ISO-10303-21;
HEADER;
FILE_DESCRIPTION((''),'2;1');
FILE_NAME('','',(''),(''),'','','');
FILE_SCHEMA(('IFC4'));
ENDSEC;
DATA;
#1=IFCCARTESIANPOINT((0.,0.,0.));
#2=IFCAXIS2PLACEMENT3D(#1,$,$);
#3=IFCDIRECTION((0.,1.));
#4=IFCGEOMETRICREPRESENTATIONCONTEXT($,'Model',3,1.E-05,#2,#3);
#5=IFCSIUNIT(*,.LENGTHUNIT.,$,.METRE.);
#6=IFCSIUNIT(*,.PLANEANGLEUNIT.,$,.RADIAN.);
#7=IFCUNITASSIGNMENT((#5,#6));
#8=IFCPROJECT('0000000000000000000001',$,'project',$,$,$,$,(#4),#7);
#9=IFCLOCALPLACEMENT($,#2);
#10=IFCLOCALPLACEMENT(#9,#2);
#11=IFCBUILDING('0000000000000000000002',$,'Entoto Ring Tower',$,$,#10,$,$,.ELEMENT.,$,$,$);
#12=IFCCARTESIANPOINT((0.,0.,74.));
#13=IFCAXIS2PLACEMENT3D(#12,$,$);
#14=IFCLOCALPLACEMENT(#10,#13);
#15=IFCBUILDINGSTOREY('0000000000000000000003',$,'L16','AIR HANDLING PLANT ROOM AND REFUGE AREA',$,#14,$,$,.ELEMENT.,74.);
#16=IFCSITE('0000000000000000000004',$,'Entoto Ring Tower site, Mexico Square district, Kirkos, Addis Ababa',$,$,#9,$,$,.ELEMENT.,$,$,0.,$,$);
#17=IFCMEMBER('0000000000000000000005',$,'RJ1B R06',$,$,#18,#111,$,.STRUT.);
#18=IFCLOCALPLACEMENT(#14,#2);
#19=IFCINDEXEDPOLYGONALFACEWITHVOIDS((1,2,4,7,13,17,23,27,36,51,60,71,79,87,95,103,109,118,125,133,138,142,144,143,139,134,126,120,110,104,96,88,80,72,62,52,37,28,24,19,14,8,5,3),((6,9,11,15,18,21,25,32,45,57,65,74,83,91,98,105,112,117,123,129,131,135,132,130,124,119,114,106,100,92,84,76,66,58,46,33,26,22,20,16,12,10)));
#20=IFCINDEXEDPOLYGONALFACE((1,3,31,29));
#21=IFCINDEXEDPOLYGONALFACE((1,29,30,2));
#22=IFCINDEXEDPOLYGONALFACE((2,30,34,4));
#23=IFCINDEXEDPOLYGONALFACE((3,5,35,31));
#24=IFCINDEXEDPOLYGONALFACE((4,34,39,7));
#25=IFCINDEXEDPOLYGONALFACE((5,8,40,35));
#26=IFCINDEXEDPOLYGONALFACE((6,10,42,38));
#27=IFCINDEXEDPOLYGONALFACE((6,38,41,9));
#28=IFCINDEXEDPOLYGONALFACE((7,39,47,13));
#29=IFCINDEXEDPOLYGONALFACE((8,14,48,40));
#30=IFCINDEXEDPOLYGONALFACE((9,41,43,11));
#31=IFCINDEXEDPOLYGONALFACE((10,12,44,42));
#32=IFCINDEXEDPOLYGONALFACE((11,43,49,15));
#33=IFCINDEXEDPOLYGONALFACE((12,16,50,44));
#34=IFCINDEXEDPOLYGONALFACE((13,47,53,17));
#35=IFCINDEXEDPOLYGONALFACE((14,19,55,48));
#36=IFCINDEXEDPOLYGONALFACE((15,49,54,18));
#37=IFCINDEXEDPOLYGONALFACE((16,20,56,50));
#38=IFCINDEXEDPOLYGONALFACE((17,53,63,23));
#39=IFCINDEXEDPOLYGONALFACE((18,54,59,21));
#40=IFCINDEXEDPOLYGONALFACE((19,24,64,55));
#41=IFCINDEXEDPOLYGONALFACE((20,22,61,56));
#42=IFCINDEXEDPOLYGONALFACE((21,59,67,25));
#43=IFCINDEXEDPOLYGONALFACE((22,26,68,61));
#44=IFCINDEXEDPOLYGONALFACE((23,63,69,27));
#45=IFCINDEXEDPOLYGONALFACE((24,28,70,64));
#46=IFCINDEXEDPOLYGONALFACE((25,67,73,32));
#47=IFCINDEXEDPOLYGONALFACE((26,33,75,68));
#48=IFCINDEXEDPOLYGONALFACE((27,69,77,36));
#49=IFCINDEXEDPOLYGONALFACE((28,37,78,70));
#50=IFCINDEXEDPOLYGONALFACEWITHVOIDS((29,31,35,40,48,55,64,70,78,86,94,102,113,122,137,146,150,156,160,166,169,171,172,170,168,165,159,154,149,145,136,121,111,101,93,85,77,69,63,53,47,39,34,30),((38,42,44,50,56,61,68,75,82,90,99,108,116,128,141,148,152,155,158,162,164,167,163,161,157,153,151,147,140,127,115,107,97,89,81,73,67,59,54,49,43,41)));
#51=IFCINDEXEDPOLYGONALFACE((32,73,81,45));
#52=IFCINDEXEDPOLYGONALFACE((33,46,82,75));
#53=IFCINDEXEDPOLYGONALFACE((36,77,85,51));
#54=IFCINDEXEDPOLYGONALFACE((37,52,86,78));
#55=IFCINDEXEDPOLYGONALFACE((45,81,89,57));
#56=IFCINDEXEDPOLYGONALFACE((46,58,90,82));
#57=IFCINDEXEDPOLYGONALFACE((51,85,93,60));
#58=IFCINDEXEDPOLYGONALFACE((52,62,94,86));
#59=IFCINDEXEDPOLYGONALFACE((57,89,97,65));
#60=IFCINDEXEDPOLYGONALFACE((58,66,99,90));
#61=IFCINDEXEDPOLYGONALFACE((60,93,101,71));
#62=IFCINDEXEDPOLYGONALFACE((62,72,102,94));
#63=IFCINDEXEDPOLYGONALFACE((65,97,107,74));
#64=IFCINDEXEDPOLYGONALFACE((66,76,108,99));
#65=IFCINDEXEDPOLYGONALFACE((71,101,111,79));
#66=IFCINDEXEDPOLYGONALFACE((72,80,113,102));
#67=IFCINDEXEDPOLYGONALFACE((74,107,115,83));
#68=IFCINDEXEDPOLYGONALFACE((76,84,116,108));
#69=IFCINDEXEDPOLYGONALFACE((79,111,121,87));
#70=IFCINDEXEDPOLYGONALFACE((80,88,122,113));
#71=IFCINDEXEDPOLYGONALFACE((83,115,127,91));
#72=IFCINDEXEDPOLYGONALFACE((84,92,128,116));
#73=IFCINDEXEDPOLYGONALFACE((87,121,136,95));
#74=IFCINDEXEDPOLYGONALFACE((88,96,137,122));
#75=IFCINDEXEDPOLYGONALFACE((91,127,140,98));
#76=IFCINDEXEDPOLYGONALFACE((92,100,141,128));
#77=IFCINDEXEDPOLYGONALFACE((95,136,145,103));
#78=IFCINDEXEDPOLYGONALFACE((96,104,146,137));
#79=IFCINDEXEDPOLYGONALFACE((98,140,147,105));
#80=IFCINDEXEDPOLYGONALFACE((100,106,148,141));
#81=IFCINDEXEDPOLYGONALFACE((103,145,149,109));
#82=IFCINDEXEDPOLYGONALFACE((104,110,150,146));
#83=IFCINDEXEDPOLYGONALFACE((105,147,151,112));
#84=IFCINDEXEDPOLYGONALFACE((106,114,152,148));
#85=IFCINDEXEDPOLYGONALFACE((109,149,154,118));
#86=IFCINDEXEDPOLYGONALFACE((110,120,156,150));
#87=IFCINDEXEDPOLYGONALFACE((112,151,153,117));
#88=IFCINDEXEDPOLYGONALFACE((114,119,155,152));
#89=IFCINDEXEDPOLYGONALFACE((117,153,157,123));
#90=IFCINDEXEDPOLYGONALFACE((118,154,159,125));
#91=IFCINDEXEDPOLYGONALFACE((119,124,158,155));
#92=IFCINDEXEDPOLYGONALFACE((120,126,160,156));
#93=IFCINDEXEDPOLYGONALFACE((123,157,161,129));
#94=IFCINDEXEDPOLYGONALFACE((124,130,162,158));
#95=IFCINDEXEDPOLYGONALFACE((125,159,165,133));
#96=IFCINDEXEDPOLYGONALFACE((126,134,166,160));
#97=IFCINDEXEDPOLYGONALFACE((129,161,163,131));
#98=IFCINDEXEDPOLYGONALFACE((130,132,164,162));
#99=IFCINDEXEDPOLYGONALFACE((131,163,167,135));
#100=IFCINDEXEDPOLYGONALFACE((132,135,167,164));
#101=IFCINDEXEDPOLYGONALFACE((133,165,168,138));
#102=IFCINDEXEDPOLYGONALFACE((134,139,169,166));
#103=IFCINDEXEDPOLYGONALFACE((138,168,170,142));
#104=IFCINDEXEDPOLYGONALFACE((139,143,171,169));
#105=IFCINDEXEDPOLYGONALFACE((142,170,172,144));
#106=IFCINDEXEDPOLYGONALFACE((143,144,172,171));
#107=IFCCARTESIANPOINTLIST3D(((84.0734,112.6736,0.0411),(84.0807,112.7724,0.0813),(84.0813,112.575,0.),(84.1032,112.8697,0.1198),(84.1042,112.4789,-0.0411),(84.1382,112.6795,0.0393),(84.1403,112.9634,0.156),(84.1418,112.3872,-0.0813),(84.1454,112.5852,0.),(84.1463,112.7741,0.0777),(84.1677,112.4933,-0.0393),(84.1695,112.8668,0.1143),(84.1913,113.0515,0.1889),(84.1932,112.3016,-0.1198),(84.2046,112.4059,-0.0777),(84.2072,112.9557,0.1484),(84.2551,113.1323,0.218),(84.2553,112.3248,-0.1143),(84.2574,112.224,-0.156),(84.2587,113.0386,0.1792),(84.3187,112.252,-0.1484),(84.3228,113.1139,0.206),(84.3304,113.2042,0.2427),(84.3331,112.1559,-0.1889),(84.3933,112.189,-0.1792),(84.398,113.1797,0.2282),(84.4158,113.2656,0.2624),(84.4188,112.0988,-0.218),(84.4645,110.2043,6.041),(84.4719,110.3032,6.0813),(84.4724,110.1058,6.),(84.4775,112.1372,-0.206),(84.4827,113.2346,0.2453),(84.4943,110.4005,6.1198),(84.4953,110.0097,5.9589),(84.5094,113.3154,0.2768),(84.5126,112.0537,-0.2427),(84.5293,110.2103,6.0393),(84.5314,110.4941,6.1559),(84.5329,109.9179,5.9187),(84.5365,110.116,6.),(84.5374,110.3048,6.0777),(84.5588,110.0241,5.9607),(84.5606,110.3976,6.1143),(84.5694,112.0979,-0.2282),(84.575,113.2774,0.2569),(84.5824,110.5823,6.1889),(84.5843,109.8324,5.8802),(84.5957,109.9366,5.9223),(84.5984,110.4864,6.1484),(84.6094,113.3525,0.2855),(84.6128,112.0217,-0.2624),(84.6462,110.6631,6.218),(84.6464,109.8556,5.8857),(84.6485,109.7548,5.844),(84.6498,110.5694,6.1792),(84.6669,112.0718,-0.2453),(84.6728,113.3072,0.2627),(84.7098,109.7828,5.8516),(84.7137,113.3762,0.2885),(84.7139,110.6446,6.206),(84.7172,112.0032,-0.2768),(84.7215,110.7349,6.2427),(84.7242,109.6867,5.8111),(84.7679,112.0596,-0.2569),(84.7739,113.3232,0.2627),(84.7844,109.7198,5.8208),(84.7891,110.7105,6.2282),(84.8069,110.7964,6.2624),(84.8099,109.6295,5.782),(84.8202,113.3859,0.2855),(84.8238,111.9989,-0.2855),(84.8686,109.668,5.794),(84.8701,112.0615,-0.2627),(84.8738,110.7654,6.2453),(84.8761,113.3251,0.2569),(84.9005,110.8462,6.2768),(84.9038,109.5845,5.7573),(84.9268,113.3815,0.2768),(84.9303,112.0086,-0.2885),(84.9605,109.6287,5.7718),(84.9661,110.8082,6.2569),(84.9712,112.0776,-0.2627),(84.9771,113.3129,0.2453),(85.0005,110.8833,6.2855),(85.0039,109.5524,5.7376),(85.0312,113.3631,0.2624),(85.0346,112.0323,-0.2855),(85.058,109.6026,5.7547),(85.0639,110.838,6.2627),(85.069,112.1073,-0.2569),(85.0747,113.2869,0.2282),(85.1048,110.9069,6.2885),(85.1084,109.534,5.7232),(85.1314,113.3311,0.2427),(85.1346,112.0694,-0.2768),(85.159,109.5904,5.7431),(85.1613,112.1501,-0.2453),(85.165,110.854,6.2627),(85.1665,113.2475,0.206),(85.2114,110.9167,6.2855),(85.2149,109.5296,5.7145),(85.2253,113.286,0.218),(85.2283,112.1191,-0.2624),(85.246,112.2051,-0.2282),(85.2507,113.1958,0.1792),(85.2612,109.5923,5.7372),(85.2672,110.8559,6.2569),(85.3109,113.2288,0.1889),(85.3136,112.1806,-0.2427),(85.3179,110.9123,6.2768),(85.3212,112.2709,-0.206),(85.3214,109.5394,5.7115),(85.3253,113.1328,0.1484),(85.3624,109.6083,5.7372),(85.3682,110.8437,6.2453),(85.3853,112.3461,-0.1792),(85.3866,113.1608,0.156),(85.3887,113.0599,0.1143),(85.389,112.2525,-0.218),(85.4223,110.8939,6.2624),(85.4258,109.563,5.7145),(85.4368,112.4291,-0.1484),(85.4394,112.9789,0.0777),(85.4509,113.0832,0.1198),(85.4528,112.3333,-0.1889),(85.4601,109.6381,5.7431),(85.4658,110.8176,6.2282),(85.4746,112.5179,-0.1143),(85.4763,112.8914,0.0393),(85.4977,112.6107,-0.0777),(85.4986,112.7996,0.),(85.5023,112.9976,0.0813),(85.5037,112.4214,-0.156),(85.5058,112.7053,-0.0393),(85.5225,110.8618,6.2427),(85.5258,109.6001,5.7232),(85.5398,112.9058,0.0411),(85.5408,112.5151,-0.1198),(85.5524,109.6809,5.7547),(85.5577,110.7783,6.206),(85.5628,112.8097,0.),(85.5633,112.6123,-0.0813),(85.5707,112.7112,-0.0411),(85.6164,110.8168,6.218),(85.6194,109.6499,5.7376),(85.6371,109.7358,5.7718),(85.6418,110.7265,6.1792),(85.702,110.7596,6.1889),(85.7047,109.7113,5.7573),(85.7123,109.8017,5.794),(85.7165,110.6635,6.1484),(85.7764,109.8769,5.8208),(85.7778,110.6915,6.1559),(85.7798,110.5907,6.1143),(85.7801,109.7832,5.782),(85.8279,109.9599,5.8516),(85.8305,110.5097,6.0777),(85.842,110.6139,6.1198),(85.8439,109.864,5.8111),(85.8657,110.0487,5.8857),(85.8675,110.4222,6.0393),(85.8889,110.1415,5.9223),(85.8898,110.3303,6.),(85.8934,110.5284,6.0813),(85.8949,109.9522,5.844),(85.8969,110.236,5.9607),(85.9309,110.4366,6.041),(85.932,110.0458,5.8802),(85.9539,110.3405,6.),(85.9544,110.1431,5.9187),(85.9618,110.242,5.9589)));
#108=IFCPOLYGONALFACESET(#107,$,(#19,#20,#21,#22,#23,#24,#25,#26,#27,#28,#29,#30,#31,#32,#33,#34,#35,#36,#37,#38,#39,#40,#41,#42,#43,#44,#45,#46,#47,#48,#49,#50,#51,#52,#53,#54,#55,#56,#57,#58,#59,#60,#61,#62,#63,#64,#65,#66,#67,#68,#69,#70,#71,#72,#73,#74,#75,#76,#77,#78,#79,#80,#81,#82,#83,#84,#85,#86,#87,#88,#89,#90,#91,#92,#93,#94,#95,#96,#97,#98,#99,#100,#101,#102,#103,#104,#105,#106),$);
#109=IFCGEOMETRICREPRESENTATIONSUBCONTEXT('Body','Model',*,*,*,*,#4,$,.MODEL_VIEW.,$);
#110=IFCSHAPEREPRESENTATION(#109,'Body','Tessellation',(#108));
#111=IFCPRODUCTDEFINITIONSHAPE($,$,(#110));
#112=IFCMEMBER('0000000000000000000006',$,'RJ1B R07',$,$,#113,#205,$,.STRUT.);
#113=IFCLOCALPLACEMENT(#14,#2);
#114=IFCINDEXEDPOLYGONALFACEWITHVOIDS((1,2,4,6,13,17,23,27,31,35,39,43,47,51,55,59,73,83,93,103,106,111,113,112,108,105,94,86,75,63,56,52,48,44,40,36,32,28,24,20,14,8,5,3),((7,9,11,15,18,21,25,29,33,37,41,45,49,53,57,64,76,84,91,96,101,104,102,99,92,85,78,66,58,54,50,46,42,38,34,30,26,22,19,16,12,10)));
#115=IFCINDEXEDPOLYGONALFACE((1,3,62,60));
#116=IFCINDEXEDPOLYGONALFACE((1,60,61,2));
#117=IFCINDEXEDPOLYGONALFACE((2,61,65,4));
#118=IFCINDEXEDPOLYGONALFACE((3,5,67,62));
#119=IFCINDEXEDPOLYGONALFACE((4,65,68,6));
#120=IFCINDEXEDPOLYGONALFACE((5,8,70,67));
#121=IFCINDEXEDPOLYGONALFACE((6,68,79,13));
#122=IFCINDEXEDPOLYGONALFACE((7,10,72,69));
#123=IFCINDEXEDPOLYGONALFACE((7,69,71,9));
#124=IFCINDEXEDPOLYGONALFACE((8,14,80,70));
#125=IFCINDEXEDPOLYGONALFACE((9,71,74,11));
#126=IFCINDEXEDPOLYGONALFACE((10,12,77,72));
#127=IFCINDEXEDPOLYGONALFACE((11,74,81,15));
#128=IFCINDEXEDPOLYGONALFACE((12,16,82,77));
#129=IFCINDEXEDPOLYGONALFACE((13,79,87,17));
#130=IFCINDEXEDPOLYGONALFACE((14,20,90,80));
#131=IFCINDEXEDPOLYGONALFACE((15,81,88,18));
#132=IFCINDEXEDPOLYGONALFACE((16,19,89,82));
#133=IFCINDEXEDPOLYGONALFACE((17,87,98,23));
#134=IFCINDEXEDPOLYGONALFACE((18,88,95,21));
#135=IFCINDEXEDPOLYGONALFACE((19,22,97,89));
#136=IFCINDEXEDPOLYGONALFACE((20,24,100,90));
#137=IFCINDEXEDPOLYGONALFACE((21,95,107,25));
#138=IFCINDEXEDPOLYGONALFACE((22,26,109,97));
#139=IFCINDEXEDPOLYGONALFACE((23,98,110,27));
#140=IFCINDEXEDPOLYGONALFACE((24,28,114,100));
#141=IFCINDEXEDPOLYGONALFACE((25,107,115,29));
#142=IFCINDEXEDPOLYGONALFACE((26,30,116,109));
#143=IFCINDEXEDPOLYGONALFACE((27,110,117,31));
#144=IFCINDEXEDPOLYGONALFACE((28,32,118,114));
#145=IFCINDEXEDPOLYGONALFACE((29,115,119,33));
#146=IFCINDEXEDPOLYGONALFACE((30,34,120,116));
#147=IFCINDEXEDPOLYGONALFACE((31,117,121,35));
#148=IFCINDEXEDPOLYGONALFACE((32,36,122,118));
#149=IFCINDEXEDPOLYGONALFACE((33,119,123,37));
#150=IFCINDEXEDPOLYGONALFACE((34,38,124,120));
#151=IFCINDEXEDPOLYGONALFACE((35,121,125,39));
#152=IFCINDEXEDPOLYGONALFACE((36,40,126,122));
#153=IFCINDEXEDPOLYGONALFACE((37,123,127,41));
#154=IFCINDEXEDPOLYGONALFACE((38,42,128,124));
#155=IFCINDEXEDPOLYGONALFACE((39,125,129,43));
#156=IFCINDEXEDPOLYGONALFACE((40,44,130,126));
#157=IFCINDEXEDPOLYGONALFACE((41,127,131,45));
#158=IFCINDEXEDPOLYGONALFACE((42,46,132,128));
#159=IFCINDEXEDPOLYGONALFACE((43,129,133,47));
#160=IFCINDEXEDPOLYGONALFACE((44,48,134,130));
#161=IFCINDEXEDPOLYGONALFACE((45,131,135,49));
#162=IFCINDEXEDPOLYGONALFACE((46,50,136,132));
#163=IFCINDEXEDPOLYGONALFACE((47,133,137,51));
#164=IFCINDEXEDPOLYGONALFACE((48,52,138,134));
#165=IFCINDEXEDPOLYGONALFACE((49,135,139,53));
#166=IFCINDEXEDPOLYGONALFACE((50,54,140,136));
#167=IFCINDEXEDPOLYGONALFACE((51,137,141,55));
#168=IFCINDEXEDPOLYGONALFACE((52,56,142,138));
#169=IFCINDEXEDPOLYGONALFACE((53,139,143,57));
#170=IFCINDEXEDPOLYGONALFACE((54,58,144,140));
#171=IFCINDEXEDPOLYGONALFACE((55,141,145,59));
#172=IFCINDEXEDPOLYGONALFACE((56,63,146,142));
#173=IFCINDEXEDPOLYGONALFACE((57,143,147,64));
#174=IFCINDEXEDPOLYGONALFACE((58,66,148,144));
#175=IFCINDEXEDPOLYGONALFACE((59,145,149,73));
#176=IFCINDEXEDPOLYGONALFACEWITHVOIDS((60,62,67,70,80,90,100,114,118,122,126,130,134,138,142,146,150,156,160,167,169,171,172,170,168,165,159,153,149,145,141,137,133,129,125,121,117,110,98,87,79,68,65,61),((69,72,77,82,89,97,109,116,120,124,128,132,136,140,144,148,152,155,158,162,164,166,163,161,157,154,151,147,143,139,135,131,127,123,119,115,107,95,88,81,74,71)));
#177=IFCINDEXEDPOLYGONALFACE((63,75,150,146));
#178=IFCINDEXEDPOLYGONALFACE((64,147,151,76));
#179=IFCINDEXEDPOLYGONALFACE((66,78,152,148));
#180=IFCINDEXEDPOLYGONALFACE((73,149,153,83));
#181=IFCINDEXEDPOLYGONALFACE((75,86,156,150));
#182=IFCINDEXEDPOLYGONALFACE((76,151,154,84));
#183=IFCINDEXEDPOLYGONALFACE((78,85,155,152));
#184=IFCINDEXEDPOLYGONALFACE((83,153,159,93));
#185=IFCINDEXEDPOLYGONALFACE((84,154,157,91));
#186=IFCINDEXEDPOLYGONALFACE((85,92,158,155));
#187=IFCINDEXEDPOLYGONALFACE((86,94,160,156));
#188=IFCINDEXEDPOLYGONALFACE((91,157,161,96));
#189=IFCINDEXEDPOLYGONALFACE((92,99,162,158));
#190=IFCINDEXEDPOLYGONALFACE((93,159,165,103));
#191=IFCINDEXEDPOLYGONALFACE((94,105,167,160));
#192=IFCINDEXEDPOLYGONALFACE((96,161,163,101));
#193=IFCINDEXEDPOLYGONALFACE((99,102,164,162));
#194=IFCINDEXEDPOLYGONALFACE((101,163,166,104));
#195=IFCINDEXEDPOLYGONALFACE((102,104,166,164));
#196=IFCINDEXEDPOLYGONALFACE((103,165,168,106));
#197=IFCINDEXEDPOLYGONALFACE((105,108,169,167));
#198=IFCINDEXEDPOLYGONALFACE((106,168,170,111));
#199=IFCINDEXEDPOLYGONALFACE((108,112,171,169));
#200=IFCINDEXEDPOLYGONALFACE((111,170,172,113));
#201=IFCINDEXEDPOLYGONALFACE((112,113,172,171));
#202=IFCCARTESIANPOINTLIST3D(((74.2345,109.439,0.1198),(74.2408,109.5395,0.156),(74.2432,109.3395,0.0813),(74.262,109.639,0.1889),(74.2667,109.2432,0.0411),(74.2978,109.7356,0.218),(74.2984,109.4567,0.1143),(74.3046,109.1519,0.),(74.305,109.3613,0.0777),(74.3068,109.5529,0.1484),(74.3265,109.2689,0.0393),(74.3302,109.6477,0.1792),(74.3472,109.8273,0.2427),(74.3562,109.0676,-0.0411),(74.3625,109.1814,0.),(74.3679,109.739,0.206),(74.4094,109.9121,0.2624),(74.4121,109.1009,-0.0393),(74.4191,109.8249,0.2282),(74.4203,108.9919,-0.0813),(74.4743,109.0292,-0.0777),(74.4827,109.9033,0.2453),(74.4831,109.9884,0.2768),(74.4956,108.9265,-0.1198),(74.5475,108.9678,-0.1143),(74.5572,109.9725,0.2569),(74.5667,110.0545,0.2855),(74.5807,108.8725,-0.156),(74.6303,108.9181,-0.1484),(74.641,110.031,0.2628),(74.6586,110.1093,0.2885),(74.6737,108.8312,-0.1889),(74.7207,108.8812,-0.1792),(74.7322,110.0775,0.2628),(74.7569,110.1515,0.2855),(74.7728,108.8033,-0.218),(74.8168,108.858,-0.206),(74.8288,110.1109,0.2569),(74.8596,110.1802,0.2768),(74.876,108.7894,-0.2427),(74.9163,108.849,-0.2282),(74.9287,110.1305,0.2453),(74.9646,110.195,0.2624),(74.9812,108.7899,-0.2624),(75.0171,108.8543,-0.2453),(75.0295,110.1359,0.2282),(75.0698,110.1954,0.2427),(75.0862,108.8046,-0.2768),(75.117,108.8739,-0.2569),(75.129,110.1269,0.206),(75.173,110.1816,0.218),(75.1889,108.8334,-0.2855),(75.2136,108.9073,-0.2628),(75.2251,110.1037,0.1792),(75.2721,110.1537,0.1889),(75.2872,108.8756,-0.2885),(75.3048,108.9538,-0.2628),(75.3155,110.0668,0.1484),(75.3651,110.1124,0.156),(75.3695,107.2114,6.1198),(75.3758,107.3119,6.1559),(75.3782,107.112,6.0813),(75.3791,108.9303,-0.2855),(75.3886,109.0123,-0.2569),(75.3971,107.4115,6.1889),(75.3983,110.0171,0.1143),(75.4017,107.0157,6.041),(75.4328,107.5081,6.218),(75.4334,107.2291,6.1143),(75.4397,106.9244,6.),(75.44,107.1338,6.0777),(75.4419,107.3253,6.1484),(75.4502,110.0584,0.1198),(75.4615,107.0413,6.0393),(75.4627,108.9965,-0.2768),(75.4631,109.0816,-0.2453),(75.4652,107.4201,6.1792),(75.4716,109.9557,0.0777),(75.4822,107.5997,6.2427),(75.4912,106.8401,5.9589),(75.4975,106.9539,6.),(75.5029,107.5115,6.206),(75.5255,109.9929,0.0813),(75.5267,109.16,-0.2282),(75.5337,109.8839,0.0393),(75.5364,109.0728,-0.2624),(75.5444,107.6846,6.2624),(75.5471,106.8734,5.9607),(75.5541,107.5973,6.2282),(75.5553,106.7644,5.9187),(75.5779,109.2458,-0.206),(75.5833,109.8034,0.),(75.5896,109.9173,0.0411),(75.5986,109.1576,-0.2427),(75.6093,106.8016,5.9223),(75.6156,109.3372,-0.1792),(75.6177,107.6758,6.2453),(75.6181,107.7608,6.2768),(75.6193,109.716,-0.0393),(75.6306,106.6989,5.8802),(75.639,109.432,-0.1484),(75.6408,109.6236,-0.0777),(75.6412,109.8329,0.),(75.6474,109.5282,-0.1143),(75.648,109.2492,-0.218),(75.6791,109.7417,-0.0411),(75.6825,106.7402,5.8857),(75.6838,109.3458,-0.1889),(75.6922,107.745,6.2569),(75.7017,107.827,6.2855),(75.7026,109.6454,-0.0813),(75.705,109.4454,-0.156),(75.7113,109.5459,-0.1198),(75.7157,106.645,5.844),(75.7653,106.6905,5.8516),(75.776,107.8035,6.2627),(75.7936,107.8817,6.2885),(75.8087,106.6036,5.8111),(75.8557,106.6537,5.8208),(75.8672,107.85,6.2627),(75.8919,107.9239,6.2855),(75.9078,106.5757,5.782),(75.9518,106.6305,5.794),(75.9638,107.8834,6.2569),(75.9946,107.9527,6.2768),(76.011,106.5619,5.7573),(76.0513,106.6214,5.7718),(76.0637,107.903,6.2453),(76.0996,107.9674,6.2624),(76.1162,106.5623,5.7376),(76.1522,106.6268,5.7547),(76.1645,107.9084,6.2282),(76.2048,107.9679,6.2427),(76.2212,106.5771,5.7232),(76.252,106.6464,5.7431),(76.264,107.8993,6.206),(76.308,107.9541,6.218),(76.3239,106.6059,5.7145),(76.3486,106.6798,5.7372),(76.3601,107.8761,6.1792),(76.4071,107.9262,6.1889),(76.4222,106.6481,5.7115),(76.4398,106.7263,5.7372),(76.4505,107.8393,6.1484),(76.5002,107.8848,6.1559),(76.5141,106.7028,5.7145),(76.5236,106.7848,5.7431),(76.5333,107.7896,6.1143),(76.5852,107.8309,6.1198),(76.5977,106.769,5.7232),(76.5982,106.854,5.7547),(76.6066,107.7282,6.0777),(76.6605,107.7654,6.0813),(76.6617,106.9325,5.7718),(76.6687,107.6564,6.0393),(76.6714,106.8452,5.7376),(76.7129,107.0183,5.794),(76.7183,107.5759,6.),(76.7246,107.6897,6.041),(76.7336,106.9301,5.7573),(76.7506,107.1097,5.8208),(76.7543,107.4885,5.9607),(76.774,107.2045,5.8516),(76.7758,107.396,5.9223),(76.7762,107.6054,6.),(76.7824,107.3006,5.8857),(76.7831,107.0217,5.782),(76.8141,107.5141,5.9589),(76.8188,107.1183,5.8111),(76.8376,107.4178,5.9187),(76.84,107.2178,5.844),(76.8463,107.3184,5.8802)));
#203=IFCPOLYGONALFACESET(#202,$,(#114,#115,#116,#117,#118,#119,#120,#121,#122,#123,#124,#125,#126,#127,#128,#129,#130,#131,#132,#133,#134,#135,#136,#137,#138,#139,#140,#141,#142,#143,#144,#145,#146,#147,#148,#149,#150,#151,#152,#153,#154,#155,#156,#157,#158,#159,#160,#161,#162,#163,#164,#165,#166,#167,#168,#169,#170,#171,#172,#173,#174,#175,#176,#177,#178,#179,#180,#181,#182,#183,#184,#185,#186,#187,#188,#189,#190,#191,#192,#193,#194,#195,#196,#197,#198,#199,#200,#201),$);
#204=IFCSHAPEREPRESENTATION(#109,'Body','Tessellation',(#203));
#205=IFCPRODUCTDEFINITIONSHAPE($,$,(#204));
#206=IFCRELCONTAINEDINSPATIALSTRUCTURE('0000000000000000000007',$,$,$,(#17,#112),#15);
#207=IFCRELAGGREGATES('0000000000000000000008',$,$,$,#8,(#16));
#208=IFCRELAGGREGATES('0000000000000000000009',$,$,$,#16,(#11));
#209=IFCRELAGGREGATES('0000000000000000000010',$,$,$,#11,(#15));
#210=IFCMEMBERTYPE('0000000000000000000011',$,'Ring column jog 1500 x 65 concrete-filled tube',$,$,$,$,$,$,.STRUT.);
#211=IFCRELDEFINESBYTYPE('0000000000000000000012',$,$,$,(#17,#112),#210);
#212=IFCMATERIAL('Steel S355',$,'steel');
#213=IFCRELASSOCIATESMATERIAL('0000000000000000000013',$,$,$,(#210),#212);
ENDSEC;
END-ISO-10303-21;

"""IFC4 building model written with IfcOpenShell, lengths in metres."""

from ifc_helpers import new_model, si_unit, direction, frame, origin, origin_2d, place, context, subcontext, project, spatial, circle, hollow_circle, extrude, material, material_profile, profile_set, type_object, element, save


model = new_model("IFC4")

# Units and contexts
model_context = context("Model", 3, precision=1e-05, world=origin(), true_north=direction((0.0, 1.0)))
body_context = subcontext(model_context, "Body", "Model", "MODEL_VIEW")
ifc_project = project(units=[si_unit("LENGTHUNIT", "METRE"), si_unit("PLANEANGLEUNIT", "RADIAN")], contexts=[model_context])

# Site, building, storey
site_placement = place(None, origin())
site = spatial("IfcSite", under=ifc_project, at=site_placement, Name="Entoto Ring Tower site, Mexico Square district, Kirkos, Addis Ababa", CompositionType="ELEMENT", RefElevation=0.0)
building_placement = place(site_placement, origin())
building = spatial("IfcBuilding", under=site, at=building_placement, Name="Entoto Ring Tower", CompositionType="ELEMENT")
storey_placement = place(building_placement, frame((0.0, 0.0, 74.0)))
storey = spatial("IfcBuildingStorey", under=building, at=storey_placement, Name="L16", Description="AIR HANDLING PLANT ROOM AND REFUGE AREA", CompositionType="ELEMENT", Elevation=74.0)

# Members
ifc_material_1 = material(Name="Steel S355", Category="steel")
ifc_material_profile_1 = material_profile(ifc_material_1, hollow_circle(Radius=0.75, WallThickness=0.0649, at=origin_2d()), Name="CHS 1500 x 65")
ifc_material_2 = material(Name="Concrete C60/75", Category="concrete")
ifc_material_profile_2 = material_profile(ifc_material_2, circle(Radius=0.6851, at=origin_2d()), Name="Concrete C60/75 infill")
ifc_profile_set_1 = profile_set([ifc_material_profile_1, ifc_material_profile_2], Name="Steel S355")
member_type_1 = type_object("IfcMemberType", Name="Ring column jog 1500 x 65 concrete-filled tube", PredefinedType="STRUT", material=ifc_profile_set_1)
for number, where, z_axis, x_axis, name in (
    (1, (84.822, 112.6924, 0.0), (0.060171, -0.379882, 0.923076), (0.987687, 0.156444, 0.0), "RJ1B R06"),
    (2, (74.9729, 109.4924, 0.0), (0.174617, -0.342698, 0.923075), (0.891003, 0.453997, 0.0), "RJ1B R07"),
):
    element("IfcMember", number, at=place(storey_placement, frame(where, z_axis=z_axis, x_axis=x_axis)), inside=storey, type_object=member_type_1, Name=name, PredefinedType="STRUT", context=body_context, shape_type="SweptSolid", body=[
        extrude(hollow_circle(Radius=0.75, WallThickness=0.0649, at=origin_2d()), origin(), (0.0, 0.0, 1.0), 6.5),
    ])

save(model, "model.ifc")
